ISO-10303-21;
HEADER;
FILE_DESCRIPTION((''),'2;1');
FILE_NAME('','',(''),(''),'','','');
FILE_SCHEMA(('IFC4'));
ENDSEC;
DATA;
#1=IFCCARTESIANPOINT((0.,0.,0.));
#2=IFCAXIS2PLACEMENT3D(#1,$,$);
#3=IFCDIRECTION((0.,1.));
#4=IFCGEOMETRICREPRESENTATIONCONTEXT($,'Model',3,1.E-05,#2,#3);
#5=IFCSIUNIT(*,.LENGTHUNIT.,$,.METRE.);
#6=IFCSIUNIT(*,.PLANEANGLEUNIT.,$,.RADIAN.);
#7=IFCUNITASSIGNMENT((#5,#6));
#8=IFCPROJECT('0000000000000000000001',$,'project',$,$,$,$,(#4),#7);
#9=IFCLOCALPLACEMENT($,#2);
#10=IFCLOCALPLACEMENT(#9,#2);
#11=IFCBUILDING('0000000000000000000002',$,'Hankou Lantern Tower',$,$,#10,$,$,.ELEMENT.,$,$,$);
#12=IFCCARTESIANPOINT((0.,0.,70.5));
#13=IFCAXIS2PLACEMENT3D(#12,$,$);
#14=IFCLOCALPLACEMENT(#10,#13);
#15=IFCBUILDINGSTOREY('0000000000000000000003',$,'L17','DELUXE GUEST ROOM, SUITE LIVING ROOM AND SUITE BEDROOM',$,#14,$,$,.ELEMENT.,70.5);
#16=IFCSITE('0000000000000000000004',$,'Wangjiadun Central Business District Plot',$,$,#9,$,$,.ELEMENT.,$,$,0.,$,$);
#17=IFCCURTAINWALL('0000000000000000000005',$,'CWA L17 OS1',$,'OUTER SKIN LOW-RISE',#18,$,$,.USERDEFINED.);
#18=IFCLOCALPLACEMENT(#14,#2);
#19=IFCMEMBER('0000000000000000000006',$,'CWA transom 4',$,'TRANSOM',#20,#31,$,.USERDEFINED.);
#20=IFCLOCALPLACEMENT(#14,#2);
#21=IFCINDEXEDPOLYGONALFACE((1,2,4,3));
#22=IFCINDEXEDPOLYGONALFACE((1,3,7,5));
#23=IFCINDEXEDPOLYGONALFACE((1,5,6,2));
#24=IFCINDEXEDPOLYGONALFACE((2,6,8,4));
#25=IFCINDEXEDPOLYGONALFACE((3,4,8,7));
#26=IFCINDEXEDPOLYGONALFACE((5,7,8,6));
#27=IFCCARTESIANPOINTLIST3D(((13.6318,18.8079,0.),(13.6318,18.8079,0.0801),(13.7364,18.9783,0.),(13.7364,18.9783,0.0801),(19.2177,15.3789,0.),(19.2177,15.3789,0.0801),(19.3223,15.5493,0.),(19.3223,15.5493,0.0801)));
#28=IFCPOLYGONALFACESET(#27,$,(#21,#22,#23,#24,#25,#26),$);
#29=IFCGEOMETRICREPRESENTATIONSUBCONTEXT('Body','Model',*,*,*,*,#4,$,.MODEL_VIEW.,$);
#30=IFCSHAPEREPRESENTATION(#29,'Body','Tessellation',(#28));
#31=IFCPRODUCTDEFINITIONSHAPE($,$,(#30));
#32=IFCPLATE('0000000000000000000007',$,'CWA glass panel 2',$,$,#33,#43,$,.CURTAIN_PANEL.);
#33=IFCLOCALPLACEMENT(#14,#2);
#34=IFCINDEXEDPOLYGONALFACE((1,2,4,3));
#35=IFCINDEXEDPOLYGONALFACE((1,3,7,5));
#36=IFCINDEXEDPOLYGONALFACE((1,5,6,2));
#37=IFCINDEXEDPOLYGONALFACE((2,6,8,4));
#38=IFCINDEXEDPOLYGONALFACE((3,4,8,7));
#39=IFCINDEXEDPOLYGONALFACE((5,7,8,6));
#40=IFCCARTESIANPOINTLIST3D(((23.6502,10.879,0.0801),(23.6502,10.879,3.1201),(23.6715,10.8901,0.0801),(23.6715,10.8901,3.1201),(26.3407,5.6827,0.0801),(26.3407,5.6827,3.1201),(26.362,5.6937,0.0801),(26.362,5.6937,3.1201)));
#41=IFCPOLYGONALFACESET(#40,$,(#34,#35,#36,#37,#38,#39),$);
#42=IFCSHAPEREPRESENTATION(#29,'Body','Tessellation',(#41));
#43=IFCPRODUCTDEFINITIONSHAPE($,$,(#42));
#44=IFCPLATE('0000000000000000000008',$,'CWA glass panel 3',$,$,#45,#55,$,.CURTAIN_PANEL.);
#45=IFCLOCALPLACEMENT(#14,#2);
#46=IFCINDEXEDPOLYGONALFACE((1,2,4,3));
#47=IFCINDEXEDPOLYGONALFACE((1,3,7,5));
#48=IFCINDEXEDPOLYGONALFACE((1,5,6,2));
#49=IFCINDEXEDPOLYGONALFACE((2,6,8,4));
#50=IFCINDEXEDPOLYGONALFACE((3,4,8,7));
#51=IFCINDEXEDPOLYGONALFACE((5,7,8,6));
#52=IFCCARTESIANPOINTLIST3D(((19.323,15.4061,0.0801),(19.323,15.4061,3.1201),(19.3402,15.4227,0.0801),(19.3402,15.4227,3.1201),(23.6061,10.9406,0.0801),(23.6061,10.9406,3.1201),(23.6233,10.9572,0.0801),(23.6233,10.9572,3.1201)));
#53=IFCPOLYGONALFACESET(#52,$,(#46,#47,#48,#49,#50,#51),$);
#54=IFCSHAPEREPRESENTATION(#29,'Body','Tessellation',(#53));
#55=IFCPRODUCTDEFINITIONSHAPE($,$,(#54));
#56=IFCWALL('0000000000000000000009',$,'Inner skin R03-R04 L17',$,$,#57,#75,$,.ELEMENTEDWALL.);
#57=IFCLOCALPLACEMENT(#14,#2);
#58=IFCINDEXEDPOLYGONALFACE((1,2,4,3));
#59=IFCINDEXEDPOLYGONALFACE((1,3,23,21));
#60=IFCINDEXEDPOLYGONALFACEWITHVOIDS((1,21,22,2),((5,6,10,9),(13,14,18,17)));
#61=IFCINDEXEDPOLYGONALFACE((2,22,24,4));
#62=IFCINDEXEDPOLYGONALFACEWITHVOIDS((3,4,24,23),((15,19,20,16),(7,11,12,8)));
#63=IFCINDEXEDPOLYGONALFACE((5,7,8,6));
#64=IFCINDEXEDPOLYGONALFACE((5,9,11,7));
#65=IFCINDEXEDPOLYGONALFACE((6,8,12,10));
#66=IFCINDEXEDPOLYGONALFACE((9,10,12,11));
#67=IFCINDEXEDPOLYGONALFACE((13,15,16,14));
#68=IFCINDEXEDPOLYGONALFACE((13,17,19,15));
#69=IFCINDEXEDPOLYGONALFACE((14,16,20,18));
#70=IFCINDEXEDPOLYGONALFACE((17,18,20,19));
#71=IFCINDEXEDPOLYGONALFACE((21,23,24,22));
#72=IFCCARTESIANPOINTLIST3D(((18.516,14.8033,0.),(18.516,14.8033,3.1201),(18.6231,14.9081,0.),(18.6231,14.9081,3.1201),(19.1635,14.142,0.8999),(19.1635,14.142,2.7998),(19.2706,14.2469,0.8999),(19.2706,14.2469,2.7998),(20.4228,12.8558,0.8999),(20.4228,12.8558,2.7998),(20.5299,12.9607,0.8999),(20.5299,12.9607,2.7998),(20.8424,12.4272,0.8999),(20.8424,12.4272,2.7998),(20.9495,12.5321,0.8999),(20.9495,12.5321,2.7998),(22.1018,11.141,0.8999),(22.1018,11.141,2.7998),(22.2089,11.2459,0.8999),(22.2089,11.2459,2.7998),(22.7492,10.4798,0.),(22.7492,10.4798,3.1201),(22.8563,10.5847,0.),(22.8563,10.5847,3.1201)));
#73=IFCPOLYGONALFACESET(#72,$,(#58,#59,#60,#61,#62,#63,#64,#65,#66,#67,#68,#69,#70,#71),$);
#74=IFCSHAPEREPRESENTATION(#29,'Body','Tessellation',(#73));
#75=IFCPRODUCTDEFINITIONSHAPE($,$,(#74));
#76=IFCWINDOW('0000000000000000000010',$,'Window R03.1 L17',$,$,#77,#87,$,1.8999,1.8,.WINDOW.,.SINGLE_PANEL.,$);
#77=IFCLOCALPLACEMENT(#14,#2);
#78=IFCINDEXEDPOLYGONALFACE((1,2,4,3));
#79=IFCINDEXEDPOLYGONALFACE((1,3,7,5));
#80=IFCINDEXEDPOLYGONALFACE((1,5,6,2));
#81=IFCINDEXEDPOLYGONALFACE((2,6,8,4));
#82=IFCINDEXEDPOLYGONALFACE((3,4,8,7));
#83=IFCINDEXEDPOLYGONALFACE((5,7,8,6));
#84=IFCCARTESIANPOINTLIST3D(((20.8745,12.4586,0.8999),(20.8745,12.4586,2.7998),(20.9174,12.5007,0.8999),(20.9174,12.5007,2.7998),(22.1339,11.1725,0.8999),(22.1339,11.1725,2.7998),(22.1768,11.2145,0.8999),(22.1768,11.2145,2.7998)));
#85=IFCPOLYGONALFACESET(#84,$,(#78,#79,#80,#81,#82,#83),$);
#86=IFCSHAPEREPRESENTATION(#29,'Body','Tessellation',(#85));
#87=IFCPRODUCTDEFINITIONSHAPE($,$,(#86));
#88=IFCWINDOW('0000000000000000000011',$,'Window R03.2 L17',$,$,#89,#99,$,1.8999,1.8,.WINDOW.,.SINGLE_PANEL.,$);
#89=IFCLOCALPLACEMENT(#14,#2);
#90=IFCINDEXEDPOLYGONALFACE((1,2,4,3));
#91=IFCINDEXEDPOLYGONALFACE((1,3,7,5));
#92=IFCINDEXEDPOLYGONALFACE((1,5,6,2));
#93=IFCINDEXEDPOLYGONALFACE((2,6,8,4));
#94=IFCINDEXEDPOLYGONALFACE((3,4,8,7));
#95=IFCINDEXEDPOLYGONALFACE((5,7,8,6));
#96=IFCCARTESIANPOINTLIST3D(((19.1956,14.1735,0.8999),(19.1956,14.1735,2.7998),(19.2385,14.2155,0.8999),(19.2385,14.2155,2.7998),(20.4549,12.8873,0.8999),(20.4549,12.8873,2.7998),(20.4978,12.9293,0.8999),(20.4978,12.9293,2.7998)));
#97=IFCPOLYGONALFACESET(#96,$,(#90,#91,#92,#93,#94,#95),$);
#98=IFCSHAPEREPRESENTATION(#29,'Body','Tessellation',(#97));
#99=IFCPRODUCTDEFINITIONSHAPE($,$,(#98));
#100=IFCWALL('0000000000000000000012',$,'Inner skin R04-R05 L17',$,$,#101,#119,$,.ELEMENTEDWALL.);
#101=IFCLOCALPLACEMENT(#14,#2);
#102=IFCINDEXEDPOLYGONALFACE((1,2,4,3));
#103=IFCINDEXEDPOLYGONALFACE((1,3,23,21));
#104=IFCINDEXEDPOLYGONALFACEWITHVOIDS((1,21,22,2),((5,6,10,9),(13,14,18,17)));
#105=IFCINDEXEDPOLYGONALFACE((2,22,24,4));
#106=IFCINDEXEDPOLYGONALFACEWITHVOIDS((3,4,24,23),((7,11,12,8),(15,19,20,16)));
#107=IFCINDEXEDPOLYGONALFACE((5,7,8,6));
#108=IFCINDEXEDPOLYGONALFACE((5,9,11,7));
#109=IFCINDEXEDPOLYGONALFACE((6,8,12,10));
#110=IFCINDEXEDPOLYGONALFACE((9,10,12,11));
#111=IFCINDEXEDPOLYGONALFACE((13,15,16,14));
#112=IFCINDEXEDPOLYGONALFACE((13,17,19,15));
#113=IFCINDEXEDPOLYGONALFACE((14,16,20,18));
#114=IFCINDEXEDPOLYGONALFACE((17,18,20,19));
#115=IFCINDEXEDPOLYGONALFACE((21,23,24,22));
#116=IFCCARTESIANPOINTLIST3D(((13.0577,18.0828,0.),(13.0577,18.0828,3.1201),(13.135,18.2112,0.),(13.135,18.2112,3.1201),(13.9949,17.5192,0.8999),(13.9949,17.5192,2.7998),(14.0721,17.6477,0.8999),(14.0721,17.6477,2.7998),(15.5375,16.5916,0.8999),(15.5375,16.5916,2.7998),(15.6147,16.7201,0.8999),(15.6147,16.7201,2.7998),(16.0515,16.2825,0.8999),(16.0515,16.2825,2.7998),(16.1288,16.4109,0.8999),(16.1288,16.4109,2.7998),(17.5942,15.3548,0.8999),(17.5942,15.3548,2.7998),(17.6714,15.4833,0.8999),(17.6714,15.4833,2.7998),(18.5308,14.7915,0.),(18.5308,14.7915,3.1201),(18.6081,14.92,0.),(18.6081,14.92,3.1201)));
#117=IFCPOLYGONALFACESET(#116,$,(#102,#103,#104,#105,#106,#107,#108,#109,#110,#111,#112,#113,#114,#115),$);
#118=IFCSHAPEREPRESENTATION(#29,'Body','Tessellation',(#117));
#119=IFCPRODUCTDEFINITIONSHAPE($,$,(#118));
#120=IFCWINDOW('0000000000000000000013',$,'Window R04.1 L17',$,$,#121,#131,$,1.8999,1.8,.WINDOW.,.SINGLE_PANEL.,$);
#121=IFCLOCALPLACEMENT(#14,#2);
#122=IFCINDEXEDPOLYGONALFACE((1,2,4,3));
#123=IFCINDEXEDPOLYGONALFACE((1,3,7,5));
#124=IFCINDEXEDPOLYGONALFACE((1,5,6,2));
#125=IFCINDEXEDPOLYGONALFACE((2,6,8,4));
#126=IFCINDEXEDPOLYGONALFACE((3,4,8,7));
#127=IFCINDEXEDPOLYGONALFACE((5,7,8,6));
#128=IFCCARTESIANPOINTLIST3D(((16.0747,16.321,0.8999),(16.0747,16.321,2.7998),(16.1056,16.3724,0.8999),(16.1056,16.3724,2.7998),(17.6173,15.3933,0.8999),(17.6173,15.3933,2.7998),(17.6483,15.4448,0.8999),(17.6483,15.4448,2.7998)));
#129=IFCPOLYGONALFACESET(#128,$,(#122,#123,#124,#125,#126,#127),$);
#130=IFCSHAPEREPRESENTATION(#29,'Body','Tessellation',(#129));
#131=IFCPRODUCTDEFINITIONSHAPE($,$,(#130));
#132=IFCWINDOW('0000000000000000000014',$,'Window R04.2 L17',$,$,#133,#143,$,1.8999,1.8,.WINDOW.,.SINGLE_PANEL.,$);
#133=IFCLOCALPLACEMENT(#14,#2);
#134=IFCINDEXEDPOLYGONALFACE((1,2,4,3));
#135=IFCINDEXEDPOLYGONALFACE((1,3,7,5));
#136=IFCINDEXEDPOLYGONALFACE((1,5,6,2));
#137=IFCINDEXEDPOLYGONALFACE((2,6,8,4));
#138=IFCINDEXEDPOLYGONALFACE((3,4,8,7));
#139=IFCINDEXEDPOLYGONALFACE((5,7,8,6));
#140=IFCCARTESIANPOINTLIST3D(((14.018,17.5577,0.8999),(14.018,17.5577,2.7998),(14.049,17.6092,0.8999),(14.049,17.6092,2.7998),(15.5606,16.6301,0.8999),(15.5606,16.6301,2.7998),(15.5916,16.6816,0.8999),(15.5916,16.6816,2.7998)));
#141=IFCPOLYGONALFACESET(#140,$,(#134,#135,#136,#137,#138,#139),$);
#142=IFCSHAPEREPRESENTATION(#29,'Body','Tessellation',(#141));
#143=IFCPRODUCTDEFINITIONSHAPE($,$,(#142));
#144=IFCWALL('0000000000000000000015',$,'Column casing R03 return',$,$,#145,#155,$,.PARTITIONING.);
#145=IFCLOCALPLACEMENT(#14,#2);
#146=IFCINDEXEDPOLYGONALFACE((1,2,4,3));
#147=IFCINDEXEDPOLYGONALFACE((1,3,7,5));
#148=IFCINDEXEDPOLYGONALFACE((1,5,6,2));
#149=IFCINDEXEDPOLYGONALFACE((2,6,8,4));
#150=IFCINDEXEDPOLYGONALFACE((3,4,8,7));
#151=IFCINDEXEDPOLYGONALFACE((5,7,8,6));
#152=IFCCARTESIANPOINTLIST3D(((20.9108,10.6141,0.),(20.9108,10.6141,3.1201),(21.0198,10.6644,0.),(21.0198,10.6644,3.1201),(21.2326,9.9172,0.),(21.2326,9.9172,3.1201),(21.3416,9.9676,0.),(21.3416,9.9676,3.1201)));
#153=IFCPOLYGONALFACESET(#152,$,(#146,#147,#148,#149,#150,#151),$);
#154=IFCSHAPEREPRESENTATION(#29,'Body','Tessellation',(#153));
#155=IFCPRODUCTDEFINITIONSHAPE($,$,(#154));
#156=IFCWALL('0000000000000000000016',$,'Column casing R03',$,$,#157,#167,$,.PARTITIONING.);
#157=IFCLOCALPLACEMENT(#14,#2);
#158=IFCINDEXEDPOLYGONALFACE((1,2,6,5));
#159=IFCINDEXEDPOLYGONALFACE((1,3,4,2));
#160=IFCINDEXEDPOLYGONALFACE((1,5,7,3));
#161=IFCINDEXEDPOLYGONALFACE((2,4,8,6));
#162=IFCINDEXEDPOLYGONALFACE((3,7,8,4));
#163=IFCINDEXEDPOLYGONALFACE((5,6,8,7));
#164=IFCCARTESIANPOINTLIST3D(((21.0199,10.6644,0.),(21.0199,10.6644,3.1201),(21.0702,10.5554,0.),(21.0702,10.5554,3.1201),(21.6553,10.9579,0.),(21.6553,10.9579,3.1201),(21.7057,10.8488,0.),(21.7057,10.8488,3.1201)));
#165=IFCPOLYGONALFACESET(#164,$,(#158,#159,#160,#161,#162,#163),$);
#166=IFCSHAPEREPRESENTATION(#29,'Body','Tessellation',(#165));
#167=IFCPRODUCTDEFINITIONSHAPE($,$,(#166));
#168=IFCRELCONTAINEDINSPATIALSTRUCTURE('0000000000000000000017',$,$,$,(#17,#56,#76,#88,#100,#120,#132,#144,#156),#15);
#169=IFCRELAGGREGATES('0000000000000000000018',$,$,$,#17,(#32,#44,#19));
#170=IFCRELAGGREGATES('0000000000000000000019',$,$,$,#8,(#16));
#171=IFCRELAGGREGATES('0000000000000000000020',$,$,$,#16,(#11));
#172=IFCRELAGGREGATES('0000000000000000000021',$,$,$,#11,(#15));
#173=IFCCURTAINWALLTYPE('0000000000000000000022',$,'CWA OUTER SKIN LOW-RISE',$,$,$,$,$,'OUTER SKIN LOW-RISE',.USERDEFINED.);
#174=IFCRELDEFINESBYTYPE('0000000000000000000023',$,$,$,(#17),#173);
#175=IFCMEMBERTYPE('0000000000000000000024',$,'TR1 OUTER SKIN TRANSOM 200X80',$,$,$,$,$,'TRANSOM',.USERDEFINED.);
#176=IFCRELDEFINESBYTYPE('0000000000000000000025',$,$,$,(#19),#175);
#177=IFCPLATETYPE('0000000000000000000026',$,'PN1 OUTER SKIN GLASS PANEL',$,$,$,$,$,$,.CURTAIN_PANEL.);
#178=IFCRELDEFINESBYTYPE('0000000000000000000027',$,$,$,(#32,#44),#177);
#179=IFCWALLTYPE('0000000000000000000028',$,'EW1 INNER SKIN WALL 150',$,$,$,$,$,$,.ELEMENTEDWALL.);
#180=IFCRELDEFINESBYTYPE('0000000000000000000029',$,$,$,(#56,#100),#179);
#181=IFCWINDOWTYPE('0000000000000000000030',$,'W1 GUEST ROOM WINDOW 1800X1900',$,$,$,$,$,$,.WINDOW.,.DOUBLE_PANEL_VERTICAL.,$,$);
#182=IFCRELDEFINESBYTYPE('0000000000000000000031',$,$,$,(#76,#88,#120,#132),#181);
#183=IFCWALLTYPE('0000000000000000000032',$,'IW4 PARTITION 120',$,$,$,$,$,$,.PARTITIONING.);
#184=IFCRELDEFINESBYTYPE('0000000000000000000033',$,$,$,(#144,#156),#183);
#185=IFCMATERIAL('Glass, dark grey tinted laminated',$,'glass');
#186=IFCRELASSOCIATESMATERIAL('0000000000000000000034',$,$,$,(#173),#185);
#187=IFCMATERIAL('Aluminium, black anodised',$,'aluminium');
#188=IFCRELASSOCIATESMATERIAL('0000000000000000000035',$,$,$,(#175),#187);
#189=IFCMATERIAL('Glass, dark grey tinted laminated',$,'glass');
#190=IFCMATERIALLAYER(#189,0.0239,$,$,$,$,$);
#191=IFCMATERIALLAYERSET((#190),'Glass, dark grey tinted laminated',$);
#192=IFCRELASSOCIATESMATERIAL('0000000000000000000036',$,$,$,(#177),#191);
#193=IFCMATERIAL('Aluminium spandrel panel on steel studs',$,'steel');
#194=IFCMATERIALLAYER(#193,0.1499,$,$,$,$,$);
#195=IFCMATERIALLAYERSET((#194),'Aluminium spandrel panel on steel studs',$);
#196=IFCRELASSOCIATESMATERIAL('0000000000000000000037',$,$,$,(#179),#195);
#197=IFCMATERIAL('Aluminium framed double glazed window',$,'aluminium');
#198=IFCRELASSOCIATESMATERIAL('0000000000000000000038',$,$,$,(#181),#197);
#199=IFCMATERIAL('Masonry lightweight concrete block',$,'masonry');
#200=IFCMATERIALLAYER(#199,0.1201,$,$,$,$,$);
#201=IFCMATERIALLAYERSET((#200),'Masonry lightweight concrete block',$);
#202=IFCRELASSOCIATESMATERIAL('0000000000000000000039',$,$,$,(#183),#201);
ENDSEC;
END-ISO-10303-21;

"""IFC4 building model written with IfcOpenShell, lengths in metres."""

from ifc_helpers import new_model, si_unit, direction, frame, frame_2d, origin, origin_2d, place, context, subcontext, project, spatial, rectangle, extrude, material, layer, layer_set, material_profile, profile_set, type_object, element, fill, aggregate, save


model = new_model("IFC4")

# Units and contexts
model_context = context("Model", 3, precision=1e-05, world=origin(), true_north=direction((0.0, 1.0)))
body_context = subcontext(model_context, "Body", "Model", "MODEL_VIEW")
ifc_project = project(units=[si_unit("LENGTHUNIT", "METRE"), si_unit("PLANEANGLEUNIT", "RADIAN")], contexts=[model_context])

# Site, building, storey
site_placement = place(None, origin())
site = spatial("IfcSite", under=ifc_project, at=site_placement, Name="Wangjiadun Central Business District Plot", CompositionType="ELEMENT", RefElevation=0.0)
building_placement = place(site_placement, origin())
building = spatial("IfcBuilding", under=site, at=building_placement, Name="Hankou Lantern Tower", CompositionType="ELEMENT")
storey_placement = place(building_placement, frame((0.0, 0.0, 70.5)))
storey = spatial("IfcBuildingStorey", under=building, at=storey_placement, Name="L17", Description="DELUXE GUEST ROOM, SUITE LIVING ROOM AND SUITE BEDROOM", CompositionType="ELEMENT", Elevation=70.5)

# Curtain wall, member, plates
ifc_material_1 = material(Name="Glass, dark grey tinted laminated", Category="glass")
curtain_wall_type = type_object("IfcCurtainWallType", Name="CWA OUTER SKIN LOW-RISE", ElementType="OUTER SKIN LOW-RISE", PredefinedType="USERDEFINED", material=ifc_material_1)
curtain_wall_placement = place(storey_placement, origin())
curtain_wall = element("IfcCurtainWall", 1, at=curtain_wall_placement, inside=storey, type_object=curtain_wall_type, Name="CWA L17 OS1", ObjectType="OUTER SKIN LOW-RISE", PredefinedType="USERDEFINED")
ifc_material_2 = material(Name="Aluminium, black anodised", Category="aluminium")
ifc_material_profile_1 = material_profile(ifc_material_2, rectangle(XDim=0.2, YDim=0.0801, at=origin_2d()), Name="TR1 200X80")
ifc_profile_set_1 = profile_set([ifc_material_profile_1], Name="Aluminium, black anodised")
member_type_1 = type_object("IfcMemberType", Name="TR1 OUTER SKIN TRANSOM 200X80", ElementType="TRANSOM", PredefinedType="USERDEFINED", material=ifc_profile_set_1)
member_1_placement = place(storey_placement, frame((19.27, 15.4641, 0.04), z_axis=(-0.85224, 0.523152, 0.0), x_axis=(-0.523152, -0.85224, 0.0)))
member_1 = element("IfcMember", 2, at=member_1_placement, type_object=member_type_1, Name="CWA transom 4", ObjectType="TRANSOM", PredefinedType="USERDEFINED", context=body_context, shape_type="SweptSolid", body=[
    extrude(rectangle(XDim=0.2, YDim=0.0801, at=origin_2d()), origin(), (0.0, 0.0, 1.0), 6.5544),
])
ifc_material_3 = material(Name="Glass, dark grey tinted laminated", Category="glass")
ifc_layer_1 = layer(ifc_material_3, 0.0239)
ifc_layer_set_1 = layer_set([ifc_layer_1], Name="Glass, dark grey tinted laminated")
plate_type = type_object("IfcPlateType", Name="PN1 OUTER SKIN GLASS PANEL", PredefinedType="CURTAIN_PANEL", material=ifc_layer_set_1)
plate_1_placement = place(storey_placement, frame((25.0061, 8.2864, 0.0801), z_axis=(0.0, 0.0, 1.0), x_axis=(-0.459791, 0.888027, 0.0)))
plate_1 = element("IfcPlate", 3, at=plate_1_placement, type_object=plate_type, Name="CWA glass panel 2", PredefinedType="CURTAIN_PANEL", context=body_context, shape_type="SweptSolid", body=[
    extrude(rectangle(XDim=5.8516, YDim=0.0239, at=origin_2d()), origin(), (0.0, 0.0, 1.0), 3.04),
])
plate_2_placement = place(storey_placement, frame((21.4731, 13.1816, 0.0801), z_axis=(0.0, 0.0, 1.0), x_axis=(-0.692216, 0.721691, 0.0)))
plate_2 = element("IfcPlate", 4, at=plate_2_placement, type_object=plate_type, Name="CWA glass panel 3", PredefinedType="CURTAIN_PANEL", context=body_context, shape_type="SweptSolid", body=[
    extrude(rectangle(XDim=6.1875, YDim=0.0239, at=origin_2d()), origin(), (0.0, 0.0, 1.0), 3.04),
])
aggregate(curtain_wall, [plate_1, plate_2, member_1])

# Walls, openings, windows
ifc_material_4 = material(Name="Aluminium spandrel panel on steel studs", Category="steel")
ifc_layer_2 = layer(ifc_material_4, 0.1499)
ifc_layer_set_2 = layer_set([ifc_layer_2], Name="Aluminium spandrel panel on steel studs")
wall_type_1 = type_object("IfcWallType", Name="EW1 INNER SKIN WALL 150", PredefinedType="ELEMENTEDWALL", material=ifc_layer_set_2)
wall_1_placement = place(storey_placement, frame((22.8027, 10.5322, 0.0), z_axis=(0.0, 0.0, 1.0), x_axis=(-0.699603, 0.714532, 0.0)))
wall_1 = element("IfcWall", 5, at=wall_1_placement, inside=storey, type_object=wall_type_1, Name="Inner skin R03-R04 L17", PredefinedType="ELEMENTEDWALL", context=body_context, shape_type="SweptSolid", body=[
    extrude(rectangle(XDim=6.0508, YDim=0.1499, at=frame_2d((3.0254, 0.0))), origin(), (0.0, 0.0, 1.0), 3.1201),
])
opening_1_placement = place(wall_1_placement, frame((0.9255, 0.0, 0.8999)))
opening_1 = element("IfcOpeningElement", 6, at=opening_1_placement, cuts=wall_1, PredefinedType="OPENING", context=body_context, shape_type="SweptSolid", body=[
    extrude(rectangle(XDim=1.8, YDim=1.8999, at=frame_2d((0.8999, 0.95))), frame((0.0, 0.085, 0.0), z_axis=(0.0, -1.0, 0.0), x_axis=(1.0, 0.0, 0.0)), (0.0, 0.0, 1.0), 0.1699),
])
opening_2_placement = place(wall_1_placement, frame((3.3254, 0.0, 0.8999)))
opening_2 = element("IfcOpeningElement", 7, at=opening_2_placement, cuts=wall_1, PredefinedType="OPENING", context=body_context, shape_type="SweptSolid", body=[
    extrude(rectangle(XDim=1.8, YDim=1.8999, at=frame_2d((0.8999, 0.95))), frame((0.0, 0.085, 0.0), z_axis=(0.0, -1.0, 0.0), x_axis=(1.0, 0.0, 0.0)), (0.0, 0.0, 1.0), 0.1699),
])
ifc_material_5 = material(Name="Aluminium framed double glazed window", Category="aluminium")
window_type = type_object("IfcWindowType", Name="W1 GUEST ROOM WINDOW 1800X1900", PartitioningType="DOUBLE_PANEL_VERTICAL", PredefinedType="WINDOW", material=ifc_material_5)
window_1_placement = place(opening_1_placement, origin())
window_1 = element("IfcWindow", 8, at=window_1_placement, inside=storey, type_object=window_type, Name="Window R03.1 L17", OverallHeight=1.8999, OverallWidth=1.8, PartitioningType="SINGLE_PANEL", PredefinedType="WINDOW", context=body_context, shape_type="SweptSolid", body=[
    extrude(rectangle(XDim=1.8, YDim=1.8999, at=frame_2d((0.8999, 0.95))), frame((0.0, 0.03, 0.0), z_axis=(0.0, -1.0, 0.0), x_axis=(1.0, 0.0, 0.0)), (0.0, 0.0, 1.0), 0.0601),
])
fill(opening_1, window_1)
window_2_placement = place(opening_2_placement, origin())
window_2 = element("IfcWindow", 9, at=window_2_placement, inside=storey, type_object=window_type, Name="Window R03.2 L17", OverallHeight=1.8999, OverallWidth=1.8, PartitioningType="SINGLE_PANEL", PredefinedType="WINDOW", context=body_context, shape_type="SweptSolid", body=[
    extrude(rectangle(XDim=1.8, YDim=1.8999, at=frame_2d((0.8999, 0.95))), frame((0.0, 0.03, 0.0), z_axis=(0.0, -1.0, 0.0), x_axis=(1.0, 0.0, 0.0)), (0.0, 0.0, 1.0), 0.0601),
])
fill(opening_2, window_2)
wall_2_placement = place(storey_placement, frame((18.5696, 14.8557, 0.0), z_axis=(0.0, 0.0, 1.0), x_axis=(-0.856983, 0.515344, 0.0)))
wall_2 = element("IfcWall", 10, at=wall_2_placement, inside=storey, type_object=wall_type_1, Name="Inner skin R04-R05 L17", PredefinedType="ELEMENTEDWALL", context=body_context, shape_type="SweptSolid", body=[
    extrude(rectangle(XDim=6.3865, YDim=0.1499, at=frame_2d((3.1934, 0.0))), origin(), (0.0, 0.0, 1.0), 3.1201),
])
opening_3_placement = place(wall_2_placement, frame((1.0933, 0.0, 0.8999)))
opening_3 = element("IfcOpeningElement", 11, at=opening_3_placement, cuts=wall_2, PredefinedType="OPENING", context=body_context, shape_type="SweptSolid", body=[
    extrude(rectangle(XDim=1.8, YDim=1.8999, at=frame_2d((0.8999, 0.95))), frame((0.0, 0.085, 0.0), z_axis=(0.0, -1.0, 0.0), x_axis=(1.0, 0.0, 0.0)), (0.0, 0.0, 1.0), 0.1699),
])
opening_4_placement = place(wall_2_placement, frame((3.4932, 0.0, 0.8999)))
opening_4 = element("IfcOpeningElement", 12, at=opening_4_placement, cuts=wall_2, PredefinedType="OPENING", context=body_context, shape_type="SweptSolid", body=[
    extrude(rectangle(XDim=1.8, YDim=1.8999, at=frame_2d((0.8999, 0.95))), frame((0.0, 0.085, 0.0), z_axis=(0.0, -1.0, 0.0), x_axis=(1.0, 0.0, 0.0)), (0.0, 0.0, 1.0), 0.1699),
])
window_3_placement = place(opening_3_placement, origin())
window_3 = element("IfcWindow", 13, at=window_3_placement, inside=storey, type_object=window_type, Name="Window R04.1 L17", OverallHeight=1.8999, OverallWidth=1.8, PartitioningType="SINGLE_PANEL", PredefinedType="WINDOW", context=body_context, shape_type="SweptSolid", body=[
    extrude(rectangle(XDim=1.8, YDim=1.8999, at=frame_2d((0.8999, 0.95))), frame((0.0, 0.03, 0.0), z_axis=(0.0, -1.0, 0.0), x_axis=(1.0, 0.0, 0.0)), (0.0, 0.0, 1.0), 0.0601),
])
fill(opening_3, window_3)
window_4_placement = place(opening_4_placement, origin())
window_4 = element("IfcWindow", 14, at=window_4_placement, inside=storey, type_object=window_type, Name="Window R04.2 L17", OverallHeight=1.8999, OverallWidth=1.8, PartitioningType="SINGLE_PANEL", PredefinedType="WINDOW", context=body_context, shape_type="SweptSolid", body=[
    extrude(rectangle(XDim=1.8, YDim=1.8999, at=frame_2d((0.8999, 0.95))), frame((0.0, 0.03, 0.0), z_axis=(0.0, -1.0, 0.0), x_axis=(1.0, 0.0, 0.0)), (0.0, 0.0, 1.0), 0.0601),
])
fill(opening_4, window_4)

# Walls
ifc_material_6 = material(Name="Masonry lightweight concrete block", Category="masonry")
ifc_layer_3 = layer(ifc_material_6, 0.1201)
ifc_layer_set_3 = layer_set([ifc_layer_3], Name="Masonry lightweight concrete block")
wall_type_2 = type_object("IfcWallType", Name="IW4 PARTITION 120", PredefinedType="PARTITIONING", material=ifc_layer_set_3)
wall_3_placement = place(storey_placement, frame((21.2871, 9.9424, 0.0), z_axis=(0.0, 0.0, 1.0), x_axis=(-0.41926, 0.907866, 0.0)))
element("IfcWall", 15, at=wall_3_placement, inside=storey, type_object=wall_type_2, Name="Column casing R03 return", PredefinedType="PARTITIONING", context=body_context, shape_type="SweptSolid", body=[
    extrude(rectangle(XDim=0.7676, YDim=0.1201, at=frame_2d((0.3838, 0.0))), origin(), (0.0, 0.0, 1.0), 3.1201),
])
wall_4_placement = place(storey_placement, frame((21.0449, 10.6099, 0.0), z_axis=(0.0, 0.0, 1.0), x_axis=(0.907878, 0.419235, 0.0)))
element("IfcWall", 16, at=wall_4_placement, inside=storey, type_object=wall_type_2, Name="Column casing R03", PredefinedType="PARTITIONING", context=body_context, shape_type="SweptSolid", body=[
    extrude(rectangle(XDim=0.7, YDim=0.1201, at=frame_2d((0.3501, 0.0))), origin(), (0.0, 0.0, 1.0), 3.1201),
])

save(model, "model.ifc")
